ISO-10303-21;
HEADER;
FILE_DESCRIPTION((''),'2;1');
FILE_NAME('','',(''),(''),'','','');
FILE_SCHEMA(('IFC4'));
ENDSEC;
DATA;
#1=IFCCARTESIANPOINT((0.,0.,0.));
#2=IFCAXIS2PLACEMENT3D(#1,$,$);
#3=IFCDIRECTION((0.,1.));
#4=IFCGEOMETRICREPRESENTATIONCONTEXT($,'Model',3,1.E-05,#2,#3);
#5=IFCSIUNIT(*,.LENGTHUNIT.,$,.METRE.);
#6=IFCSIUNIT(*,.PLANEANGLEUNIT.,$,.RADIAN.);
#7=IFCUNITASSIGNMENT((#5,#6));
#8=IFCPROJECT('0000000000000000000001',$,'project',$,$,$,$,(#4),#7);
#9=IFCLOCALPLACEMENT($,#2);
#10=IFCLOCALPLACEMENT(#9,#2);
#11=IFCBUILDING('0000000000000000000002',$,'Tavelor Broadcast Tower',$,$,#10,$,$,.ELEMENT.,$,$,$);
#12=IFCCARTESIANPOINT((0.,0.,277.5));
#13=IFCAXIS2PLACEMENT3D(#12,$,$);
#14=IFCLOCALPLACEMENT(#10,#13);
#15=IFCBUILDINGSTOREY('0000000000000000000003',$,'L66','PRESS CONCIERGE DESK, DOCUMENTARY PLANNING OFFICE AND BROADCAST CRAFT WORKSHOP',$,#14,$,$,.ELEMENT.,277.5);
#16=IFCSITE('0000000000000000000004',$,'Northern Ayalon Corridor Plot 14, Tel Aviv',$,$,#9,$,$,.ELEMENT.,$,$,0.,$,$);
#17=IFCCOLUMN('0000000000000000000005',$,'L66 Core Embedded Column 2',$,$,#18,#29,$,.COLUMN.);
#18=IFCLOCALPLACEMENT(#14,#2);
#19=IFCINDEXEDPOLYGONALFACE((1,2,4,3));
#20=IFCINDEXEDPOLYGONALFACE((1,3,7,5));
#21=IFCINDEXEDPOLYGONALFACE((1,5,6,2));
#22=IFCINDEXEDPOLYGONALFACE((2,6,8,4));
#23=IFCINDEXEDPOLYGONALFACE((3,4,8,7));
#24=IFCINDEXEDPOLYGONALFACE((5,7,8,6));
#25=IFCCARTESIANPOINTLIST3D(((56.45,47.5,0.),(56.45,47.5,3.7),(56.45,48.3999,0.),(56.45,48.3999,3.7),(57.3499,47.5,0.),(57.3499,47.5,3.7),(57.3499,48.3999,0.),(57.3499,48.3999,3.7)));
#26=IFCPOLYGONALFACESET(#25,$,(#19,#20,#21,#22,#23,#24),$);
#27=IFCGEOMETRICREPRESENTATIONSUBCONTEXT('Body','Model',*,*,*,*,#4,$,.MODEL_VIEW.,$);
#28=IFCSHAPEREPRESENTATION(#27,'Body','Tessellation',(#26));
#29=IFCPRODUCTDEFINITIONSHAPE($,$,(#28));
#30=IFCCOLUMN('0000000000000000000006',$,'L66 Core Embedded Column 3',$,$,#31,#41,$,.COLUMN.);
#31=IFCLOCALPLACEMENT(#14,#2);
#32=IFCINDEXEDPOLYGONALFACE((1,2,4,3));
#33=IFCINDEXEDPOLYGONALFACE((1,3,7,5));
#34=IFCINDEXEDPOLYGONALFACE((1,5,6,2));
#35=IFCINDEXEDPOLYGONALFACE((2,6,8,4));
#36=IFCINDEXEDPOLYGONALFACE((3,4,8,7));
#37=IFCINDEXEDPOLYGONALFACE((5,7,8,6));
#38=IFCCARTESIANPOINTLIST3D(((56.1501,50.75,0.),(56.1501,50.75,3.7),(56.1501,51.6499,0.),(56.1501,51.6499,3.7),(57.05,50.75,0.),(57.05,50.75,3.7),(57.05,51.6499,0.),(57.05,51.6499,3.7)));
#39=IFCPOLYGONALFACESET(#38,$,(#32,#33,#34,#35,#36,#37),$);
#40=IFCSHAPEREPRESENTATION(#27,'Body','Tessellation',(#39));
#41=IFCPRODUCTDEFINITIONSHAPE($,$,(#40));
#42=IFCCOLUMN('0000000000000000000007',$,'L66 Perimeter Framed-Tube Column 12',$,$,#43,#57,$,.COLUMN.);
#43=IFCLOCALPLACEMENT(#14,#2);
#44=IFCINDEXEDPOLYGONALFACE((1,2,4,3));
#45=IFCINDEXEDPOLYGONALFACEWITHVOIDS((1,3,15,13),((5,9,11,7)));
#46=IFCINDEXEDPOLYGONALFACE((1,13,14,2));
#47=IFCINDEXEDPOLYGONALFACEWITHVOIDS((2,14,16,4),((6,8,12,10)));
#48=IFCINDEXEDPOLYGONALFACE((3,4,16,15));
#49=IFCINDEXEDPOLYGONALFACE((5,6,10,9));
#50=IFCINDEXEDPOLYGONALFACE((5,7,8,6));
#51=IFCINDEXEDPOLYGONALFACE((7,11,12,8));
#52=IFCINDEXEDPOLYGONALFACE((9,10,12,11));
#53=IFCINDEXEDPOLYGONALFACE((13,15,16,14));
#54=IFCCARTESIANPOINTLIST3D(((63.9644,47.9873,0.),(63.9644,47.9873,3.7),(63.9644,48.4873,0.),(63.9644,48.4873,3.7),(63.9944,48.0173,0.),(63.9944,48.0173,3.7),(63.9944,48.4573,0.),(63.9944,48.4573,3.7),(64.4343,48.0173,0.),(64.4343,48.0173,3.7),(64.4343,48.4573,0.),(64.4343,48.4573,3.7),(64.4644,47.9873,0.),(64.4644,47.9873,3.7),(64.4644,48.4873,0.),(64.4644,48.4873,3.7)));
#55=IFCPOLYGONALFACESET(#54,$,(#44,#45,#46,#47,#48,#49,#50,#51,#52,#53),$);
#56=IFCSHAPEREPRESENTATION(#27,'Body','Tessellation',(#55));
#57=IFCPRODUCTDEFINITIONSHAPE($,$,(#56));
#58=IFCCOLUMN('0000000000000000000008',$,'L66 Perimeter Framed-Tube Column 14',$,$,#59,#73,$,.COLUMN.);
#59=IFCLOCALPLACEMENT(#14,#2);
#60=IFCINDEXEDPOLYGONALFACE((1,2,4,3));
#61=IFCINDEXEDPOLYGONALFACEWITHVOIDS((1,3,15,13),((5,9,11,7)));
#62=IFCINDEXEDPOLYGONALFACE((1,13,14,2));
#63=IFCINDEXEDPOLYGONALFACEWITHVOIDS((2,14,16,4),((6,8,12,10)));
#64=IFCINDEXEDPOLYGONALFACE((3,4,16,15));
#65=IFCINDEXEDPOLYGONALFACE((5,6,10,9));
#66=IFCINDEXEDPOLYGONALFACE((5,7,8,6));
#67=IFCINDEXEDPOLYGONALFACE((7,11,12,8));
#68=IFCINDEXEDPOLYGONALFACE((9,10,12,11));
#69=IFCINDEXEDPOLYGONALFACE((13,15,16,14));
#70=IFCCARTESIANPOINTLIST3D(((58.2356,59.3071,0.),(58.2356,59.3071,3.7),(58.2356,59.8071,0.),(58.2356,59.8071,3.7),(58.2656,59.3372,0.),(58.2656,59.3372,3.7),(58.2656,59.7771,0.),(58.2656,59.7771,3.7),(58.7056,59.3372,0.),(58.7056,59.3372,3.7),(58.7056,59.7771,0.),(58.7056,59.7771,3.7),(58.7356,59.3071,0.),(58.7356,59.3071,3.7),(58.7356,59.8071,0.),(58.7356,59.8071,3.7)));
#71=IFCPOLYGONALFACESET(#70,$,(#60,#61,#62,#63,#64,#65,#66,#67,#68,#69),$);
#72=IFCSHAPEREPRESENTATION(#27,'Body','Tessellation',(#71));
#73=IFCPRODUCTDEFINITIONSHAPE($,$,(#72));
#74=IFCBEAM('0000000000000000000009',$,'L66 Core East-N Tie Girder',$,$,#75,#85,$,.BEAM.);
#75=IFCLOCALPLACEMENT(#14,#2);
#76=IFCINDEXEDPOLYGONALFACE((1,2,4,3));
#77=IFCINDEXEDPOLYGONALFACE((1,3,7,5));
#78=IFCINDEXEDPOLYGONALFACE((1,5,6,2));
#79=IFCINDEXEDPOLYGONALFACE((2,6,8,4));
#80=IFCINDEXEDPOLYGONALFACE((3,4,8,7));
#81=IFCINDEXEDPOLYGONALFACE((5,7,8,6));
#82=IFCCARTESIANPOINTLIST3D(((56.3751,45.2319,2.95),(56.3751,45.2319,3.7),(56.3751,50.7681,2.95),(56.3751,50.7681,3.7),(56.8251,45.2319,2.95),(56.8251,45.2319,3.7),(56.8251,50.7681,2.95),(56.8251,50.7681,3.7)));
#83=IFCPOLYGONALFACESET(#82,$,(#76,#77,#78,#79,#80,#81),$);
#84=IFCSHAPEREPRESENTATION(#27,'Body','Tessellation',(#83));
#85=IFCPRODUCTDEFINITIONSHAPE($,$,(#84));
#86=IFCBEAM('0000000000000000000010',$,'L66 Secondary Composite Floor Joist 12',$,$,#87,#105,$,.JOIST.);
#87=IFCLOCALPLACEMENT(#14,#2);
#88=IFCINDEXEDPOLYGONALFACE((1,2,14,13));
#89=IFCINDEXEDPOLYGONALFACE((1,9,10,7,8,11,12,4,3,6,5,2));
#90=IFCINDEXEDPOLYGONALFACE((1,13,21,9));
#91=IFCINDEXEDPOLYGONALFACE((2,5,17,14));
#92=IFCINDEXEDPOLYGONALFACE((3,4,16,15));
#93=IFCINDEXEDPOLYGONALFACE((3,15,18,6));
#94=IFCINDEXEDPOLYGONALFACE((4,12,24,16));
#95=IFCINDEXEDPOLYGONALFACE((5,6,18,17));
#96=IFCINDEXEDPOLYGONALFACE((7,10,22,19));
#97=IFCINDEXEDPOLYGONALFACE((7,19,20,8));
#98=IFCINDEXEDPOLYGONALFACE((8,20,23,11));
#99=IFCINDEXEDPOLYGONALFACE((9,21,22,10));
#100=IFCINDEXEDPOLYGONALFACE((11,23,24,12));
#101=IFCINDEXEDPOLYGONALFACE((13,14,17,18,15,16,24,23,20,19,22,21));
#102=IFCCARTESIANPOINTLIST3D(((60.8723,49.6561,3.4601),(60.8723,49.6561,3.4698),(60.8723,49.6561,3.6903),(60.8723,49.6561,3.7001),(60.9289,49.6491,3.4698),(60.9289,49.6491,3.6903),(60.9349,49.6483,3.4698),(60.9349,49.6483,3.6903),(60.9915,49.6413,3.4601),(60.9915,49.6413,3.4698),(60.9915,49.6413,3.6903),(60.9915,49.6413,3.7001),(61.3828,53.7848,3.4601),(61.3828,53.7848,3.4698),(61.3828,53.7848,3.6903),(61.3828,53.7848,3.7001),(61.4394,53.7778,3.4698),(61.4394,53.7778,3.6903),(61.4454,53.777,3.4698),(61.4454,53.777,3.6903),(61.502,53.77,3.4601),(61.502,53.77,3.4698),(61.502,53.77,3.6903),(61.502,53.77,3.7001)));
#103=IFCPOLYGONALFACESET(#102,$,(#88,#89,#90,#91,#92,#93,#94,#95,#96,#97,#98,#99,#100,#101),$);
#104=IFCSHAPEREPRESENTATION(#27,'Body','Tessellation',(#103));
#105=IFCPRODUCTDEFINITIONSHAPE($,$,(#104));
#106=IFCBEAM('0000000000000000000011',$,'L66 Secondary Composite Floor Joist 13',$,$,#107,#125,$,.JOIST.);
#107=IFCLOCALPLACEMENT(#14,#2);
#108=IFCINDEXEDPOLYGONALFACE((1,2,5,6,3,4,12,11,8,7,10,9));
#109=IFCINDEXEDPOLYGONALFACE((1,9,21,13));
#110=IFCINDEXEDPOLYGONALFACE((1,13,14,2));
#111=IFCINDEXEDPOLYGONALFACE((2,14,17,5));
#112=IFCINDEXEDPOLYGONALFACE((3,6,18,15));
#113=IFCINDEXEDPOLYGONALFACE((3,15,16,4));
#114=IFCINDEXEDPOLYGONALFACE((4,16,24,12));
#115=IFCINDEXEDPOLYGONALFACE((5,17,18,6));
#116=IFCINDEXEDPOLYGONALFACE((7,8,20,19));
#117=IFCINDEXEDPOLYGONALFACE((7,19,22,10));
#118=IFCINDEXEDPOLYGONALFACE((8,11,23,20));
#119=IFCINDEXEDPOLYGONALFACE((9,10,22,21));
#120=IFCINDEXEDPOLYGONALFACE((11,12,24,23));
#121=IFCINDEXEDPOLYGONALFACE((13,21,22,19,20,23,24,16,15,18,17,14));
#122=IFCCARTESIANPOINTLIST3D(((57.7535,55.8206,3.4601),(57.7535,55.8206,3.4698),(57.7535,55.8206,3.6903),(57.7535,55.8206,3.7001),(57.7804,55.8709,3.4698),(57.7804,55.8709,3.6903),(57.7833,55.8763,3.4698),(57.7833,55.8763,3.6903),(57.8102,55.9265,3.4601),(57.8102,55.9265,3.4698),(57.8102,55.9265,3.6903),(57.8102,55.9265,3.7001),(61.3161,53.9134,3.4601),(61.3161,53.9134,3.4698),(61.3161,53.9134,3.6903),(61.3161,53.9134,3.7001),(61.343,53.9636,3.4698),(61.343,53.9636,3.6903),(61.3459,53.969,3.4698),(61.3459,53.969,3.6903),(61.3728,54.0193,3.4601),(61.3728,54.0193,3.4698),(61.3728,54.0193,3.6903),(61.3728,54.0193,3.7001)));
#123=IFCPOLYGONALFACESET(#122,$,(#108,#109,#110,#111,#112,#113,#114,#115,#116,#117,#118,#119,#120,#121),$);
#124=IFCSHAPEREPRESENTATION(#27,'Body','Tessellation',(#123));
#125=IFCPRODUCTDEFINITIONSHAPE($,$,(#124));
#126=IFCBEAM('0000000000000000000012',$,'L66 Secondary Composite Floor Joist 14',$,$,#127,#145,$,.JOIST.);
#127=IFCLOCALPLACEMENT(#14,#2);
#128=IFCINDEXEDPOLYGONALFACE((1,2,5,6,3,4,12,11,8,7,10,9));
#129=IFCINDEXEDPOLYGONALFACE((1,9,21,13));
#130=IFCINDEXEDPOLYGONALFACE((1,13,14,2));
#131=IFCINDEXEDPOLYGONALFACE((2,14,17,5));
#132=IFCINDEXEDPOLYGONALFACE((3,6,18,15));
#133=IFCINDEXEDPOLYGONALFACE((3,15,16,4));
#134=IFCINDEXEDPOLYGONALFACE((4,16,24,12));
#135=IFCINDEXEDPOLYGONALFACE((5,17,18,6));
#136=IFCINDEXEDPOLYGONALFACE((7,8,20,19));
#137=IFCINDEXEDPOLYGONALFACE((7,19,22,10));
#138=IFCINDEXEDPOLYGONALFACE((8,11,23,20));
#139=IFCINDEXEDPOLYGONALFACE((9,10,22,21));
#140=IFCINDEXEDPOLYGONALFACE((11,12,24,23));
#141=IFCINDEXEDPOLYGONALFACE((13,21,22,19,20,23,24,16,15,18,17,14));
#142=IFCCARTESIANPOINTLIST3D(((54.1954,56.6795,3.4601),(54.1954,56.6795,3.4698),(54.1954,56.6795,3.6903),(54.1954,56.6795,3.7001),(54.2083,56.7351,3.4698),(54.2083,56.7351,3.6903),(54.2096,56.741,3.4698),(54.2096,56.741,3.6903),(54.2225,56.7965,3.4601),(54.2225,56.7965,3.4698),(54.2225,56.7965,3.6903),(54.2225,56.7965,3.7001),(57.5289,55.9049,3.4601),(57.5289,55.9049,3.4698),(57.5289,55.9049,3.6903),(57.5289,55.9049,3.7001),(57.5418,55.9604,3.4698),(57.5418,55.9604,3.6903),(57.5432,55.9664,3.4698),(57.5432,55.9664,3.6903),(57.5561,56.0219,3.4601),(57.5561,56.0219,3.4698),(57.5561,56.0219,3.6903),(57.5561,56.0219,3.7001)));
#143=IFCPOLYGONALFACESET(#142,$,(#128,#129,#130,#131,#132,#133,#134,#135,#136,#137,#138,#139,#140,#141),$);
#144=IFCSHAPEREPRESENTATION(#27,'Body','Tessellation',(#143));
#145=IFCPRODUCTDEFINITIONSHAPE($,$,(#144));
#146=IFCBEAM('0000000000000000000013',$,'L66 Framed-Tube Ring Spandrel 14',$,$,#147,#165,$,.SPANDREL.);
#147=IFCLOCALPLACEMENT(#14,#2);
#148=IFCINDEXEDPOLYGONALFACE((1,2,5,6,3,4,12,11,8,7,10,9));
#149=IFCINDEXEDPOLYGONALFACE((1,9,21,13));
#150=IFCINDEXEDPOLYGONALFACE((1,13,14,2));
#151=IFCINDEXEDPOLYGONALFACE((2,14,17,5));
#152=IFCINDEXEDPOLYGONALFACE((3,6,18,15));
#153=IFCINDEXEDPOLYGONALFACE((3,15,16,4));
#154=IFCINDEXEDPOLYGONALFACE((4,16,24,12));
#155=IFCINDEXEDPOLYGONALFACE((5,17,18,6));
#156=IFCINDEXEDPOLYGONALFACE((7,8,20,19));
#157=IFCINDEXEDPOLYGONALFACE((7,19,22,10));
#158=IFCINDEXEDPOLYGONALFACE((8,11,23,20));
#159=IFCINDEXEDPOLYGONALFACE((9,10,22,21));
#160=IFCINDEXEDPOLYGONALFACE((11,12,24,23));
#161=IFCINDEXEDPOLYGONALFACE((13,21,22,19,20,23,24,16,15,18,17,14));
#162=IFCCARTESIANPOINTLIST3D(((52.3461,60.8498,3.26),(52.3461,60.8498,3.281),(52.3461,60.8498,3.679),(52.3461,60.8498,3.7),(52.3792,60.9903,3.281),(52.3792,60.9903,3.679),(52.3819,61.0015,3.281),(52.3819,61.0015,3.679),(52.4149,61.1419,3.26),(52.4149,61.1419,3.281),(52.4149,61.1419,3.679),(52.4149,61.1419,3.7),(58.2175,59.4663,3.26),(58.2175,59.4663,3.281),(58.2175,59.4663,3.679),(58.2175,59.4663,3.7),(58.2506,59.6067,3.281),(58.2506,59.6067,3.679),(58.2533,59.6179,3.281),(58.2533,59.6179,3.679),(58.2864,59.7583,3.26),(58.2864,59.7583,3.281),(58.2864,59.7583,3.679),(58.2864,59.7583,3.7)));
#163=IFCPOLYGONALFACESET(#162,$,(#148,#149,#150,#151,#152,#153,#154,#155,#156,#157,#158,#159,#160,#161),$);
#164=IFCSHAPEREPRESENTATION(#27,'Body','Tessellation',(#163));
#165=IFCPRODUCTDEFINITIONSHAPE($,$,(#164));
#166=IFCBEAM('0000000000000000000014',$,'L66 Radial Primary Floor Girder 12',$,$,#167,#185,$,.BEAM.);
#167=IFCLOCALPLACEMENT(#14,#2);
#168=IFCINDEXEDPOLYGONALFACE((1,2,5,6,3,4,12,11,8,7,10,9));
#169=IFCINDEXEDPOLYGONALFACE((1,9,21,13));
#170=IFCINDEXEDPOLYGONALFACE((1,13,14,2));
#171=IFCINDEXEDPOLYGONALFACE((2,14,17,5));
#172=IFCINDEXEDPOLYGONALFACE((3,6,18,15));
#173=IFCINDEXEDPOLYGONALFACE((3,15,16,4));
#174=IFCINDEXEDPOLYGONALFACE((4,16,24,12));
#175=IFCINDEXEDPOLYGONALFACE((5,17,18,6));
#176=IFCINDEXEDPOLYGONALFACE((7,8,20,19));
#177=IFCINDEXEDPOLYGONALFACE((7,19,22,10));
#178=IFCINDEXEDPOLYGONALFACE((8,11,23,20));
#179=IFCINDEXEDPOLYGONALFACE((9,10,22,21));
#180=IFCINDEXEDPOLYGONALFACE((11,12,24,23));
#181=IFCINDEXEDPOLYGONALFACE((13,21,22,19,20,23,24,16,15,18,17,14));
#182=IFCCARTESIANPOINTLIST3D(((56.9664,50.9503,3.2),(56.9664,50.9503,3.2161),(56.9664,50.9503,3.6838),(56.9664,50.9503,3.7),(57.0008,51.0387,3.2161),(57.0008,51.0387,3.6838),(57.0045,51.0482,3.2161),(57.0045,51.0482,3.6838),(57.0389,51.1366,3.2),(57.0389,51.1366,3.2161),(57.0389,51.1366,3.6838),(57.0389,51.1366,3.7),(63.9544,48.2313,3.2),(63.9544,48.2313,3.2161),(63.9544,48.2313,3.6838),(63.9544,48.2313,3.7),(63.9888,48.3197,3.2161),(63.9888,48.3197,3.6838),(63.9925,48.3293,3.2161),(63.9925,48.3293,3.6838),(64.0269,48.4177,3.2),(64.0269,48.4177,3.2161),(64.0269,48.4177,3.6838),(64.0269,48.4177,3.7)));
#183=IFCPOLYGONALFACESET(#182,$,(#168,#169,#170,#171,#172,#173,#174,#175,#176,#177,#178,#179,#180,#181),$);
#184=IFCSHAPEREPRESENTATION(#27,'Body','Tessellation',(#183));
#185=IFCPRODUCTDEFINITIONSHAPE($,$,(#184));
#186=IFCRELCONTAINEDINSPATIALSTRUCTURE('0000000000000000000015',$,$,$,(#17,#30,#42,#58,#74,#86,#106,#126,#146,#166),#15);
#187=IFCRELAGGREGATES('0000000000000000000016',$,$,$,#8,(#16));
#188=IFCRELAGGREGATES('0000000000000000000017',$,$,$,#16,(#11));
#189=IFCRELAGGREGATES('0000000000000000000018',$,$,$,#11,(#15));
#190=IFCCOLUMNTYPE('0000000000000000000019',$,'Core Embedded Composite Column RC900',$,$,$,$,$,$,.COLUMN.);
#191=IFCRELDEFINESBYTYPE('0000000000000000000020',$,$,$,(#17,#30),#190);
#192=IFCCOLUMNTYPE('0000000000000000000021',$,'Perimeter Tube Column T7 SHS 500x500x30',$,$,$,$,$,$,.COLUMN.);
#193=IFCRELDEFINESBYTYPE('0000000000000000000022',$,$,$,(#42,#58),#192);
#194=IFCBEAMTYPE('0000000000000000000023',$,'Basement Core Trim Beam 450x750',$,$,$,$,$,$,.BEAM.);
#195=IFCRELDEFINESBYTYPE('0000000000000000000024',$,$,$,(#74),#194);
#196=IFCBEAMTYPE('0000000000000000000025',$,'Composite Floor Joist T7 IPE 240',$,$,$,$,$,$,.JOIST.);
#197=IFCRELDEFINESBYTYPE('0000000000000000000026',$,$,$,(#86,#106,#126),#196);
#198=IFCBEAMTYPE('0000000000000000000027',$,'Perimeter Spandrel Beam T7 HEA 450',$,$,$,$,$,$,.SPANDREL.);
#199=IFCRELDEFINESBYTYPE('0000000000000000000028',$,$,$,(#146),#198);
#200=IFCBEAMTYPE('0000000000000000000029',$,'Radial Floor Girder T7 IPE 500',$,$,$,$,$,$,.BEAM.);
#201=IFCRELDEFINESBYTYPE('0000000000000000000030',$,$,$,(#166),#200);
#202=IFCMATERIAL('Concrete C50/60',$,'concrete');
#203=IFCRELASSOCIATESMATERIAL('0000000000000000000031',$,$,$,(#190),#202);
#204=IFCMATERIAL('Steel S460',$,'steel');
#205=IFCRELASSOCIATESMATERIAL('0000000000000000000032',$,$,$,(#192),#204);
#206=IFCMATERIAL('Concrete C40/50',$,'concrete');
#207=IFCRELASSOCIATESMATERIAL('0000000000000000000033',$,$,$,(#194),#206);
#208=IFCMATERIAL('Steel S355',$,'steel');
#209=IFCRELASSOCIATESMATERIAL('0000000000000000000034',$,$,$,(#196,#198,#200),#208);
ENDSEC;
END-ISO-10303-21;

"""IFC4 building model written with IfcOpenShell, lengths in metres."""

from ifc_helpers import new_model, si_unit, direction, frame, origin, origin_2d, place, context, subcontext, project, spatial, rectangle, hollow_rectangle, i_section, extrude, material, material_profile, profile_set, type_object, element, save


model = new_model("IFC4")

# Units and contexts
model_context = context("Model", 3, precision=1e-05, world=origin(), true_north=direction((0.0, 1.0)))
body_context = subcontext(model_context, "Body", "Model", "MODEL_VIEW")
ifc_project = project(units=[si_unit("LENGTHUNIT", "METRE"), si_unit("PLANEANGLEUNIT", "RADIAN")], contexts=[model_context])

# Site, building, storey
site_placement = place(None, origin())
site = spatial("IfcSite", under=ifc_project, at=site_placement, Name="Northern Ayalon Corridor Plot 14, Tel Aviv", CompositionType="ELEMENT", RefElevation=0.0)
building_placement = place(site_placement, origin())
building = spatial("IfcBuilding", under=site, at=building_placement, Name="Tavelor Broadcast Tower", CompositionType="ELEMENT")
storey_placement = place(building_placement, frame((0.0, 0.0, 277.5)))
storey = spatial("IfcBuildingStorey", under=building, at=storey_placement, Name="L66", Description="PRESS CONCIERGE DESK, DOCUMENTARY PLANNING OFFICE AND BROADCAST CRAFT WORKSHOP", CompositionType="ELEMENT", Elevation=277.5)

# Columns
ifc_material_1 = material(Name="Concrete C50/60", Category="concrete")
ifc_material_profile_1 = material_profile(ifc_material_1, rectangle(XDim=0.8999, YDim=0.8999, at=origin_2d()), Name="RC 900x900")
ifc_profile_set_1 = profile_set([ifc_material_profile_1], Name="Concrete C50/60")
column_type_1 = type_object("IfcColumnType", Name="Core Embedded Composite Column RC900", PredefinedType="COLUMN", material=ifc_profile_set_1)
for number, where, z_axis, x_axis, name in (
    (1, (56.8999, 47.95, 0.0), (0.0, 0.0, 1.0), (1.0, 0.0, 0.0), "L66 Core Embedded Column 2"),
    (2, (56.6001, 51.2, 0.0), (0.0, 0.0, 1.0), (1.0, 0.0, 0.0), "L66 Core Embedded Column 3"),
):
    element("IfcColumn", number, at=place(storey_placement, frame(where, z_axis=z_axis, x_axis=x_axis)), inside=storey, type_object=column_type_1, Name=name, PredefinedType="COLUMN", context=body_context, shape_type="SweptSolid", body=[
        extrude(rectangle(XDim=0.8999, YDim=0.8999, at=origin_2d()), origin(), (0.0, 0.0, 1.0), 3.7),
    ])
ifc_material_2 = material(Name="Steel S460", Category="steel")
ifc_material_profile_2 = material_profile(ifc_material_2, hollow_rectangle(XDim=0.5, YDim=0.5, WallThickness=0.03, at=origin_2d()), Name="SHS 500x500x30")
ifc_profile_set_2 = profile_set([ifc_material_profile_2], Name="Steel S460")
column_type_2 = type_object("IfcColumnType", Name="Perimeter Tube Column T7 SHS 500x500x30", PredefinedType="COLUMN", material=ifc_profile_set_2)
for number, where, z_axis, x_axis, name in (
    (3, (64.2144, 48.2373, 0.0), (0.0, 0.0, 1.0), (1.0, 0.0, 0.0), "L66 Perimeter Framed-Tube Column 12"),
    (4, (58.4856, 59.5571, 0.0), (0.0, 0.0, 1.0), (1.0, 0.0, 0.0), "L66 Perimeter Framed-Tube Column 14"),
):
    element("IfcColumn", number, at=place(storey_placement, frame(where, z_axis=z_axis, x_axis=x_axis)), inside=storey, type_object=column_type_2, Name=name, PredefinedType="COLUMN", context=body_context, shape_type="SweptSolid", body=[
        extrude(hollow_rectangle(XDim=0.5, YDim=0.5, WallThickness=0.03, at=origin_2d()), origin(), (0.0, 0.0, 1.0), 3.7),
    ])

# Beams
ifc_material_3 = material(Name="Concrete C40/50", Category="concrete")
ifc_material_profile_3 = material_profile(ifc_material_3, rectangle(XDim=0.45, YDim=0.75, at=origin_2d()), Name="RC 450x750")
ifc_profile_set_3 = profile_set([ifc_material_profile_3], Name="Concrete C40/50")
beam_type_1 = type_object("IfcBeamType", Name="Basement Core Trim Beam 450x750", PredefinedType="BEAM", material=ifc_profile_set_3)
beam_1_placement = place(storey_placement, frame((56.6001, 45.2319, 3.325), z_axis=(0.0, 1.0, 0.0), x_axis=(-1.0, 0.0, 0.0)))
element("IfcBeam", 5, at=beam_1_placement, inside=storey, type_object=beam_type_1, Name="L66 Core East-N Tie Girder", PredefinedType="BEAM", context=body_context, shape_type="SweptSolid", body=[
    extrude(rectangle(XDim=0.45, YDim=0.75, at=origin_2d()), origin(), (0.0, 0.0, 1.0), 5.5361),
])
ifc_material_4 = material(Name="Steel S355", Category="steel")
ifc_material_profile_4 = material_profile(ifc_material_4, i_section(OverallWidth=0.1201, OverallDepth=0.24, WebThickness=0.0061, FlangeThickness=0.0098, at=origin_2d()), Name="IPE 240")
ifc_profile_set_4 = profile_set([ifc_material_profile_4], Name="Steel S355")
beam_type_2 = type_object("IfcBeamType", Name="Composite Floor Joist T7 IPE 240", PredefinedType="JOIST", material=ifc_profile_set_4)
beam_2_placement = place(storey_placement, frame((60.9319, 49.6487, 3.5801), z_axis=(0.122713, 0.992442, 0.0), x_axis=(-0.992442, 0.122713, 0.0)))
element("IfcBeam", 6, at=beam_2_placement, inside=storey, type_object=beam_type_2, Name="L66 Secondary Composite Floor Joist 12", PredefinedType="JOIST", context=body_context, shape_type="SweptSolid", body=[
    extrude(i_section(OverallWidth=0.1201, OverallDepth=0.24, WebThickness=0.0061, FlangeThickness=0.0098, at=origin_2d()), origin(), (0.0, 0.0, 1.0), 4.1602),
])
beam_3_placement = place(storey_placement, frame((61.3445, 53.9663, 3.5801), z_axis=(-0.881609, 0.47198, 0.0), x_axis=(-0.47198, -0.881609, 0.0)))
element("IfcBeam", 7, at=beam_3_placement, inside=storey, type_object=beam_type_2, Name="L66 Secondary Composite Floor Joist 13", PredefinedType="JOIST", context=body_context, shape_type="SweptSolid", body=[
    extrude(i_section(OverallWidth=0.1201, OverallDepth=0.24, WebThickness=0.0061, FlangeThickness=0.0098, at=origin_2d()), origin(), (0.0, 0.0, 1.0), 4.041),
])
beam_4_placement = place(storey_placement, frame((57.5425, 55.9634, 3.5801), z_axis=(-0.974045, 0.226355, 0.0), x_axis=(-0.226355, -0.974045, 0.0)))
element("IfcBeam", 8, at=beam_4_placement, inside=storey, type_object=beam_type_2, Name="L66 Secondary Composite Floor Joist 14", PredefinedType="JOIST", context=body_context, shape_type="SweptSolid", body=[
    extrude(i_section(OverallWidth=0.1201, OverallDepth=0.24, WebThickness=0.0061, FlangeThickness=0.0098, at=origin_2d()), origin(), (0.0, 0.0, 1.0), 3.4224),
])
ifc_material_profile_5 = material_profile(ifc_material_4, i_section(OverallWidth=0.3, OverallDepth=0.4399, WebThickness=0.0115, FlangeThickness=0.021, at=origin_2d()), Name="HEA 450")
ifc_profile_set_5 = profile_set([ifc_material_profile_5], Name="Steel S355")
beam_type_3 = type_object("IfcBeamType", Name="Perimeter Spandrel Beam T7 HEA 450", PredefinedType="SPANDREL", material=ifc_profile_set_5)
beam_5_placement = place(storey_placement, frame((58.252, 59.6123, 3.48), z_axis=(-0.973341, 0.229362, 0.0), x_axis=(-0.229362, -0.973341, 0.0)))
element("IfcBeam", 9, at=beam_5_placement, inside=storey, type_object=beam_type_3, Name="L66 Framed-Tube Ring Spandrel 14", PredefinedType="SPANDREL", context=body_context, shape_type="SweptSolid", body=[
    extrude(i_section(OverallWidth=0.3, OverallDepth=0.4399, WebThickness=0.0115, FlangeThickness=0.021, at=origin_2d()), origin(), (0.0, 0.0, 1.0), 6.0322),
])
ifc_material_profile_6 = material_profile(ifc_material_4, i_section(OverallWidth=0.2, OverallDepth=0.5, WebThickness=0.0103, FlangeThickness=0.0161, at=origin_2d()), Name="IPE 500")
ifc_profile_set_6 = profile_set([ifc_material_profile_6], Name="Steel S355")
beam_type_4 = type_object("IfcBeamType", Name="Radial Floor Girder T7 IPE 500", PredefinedType="BEAM", material=ifc_profile_set_6)
beam_6_placement = place(storey_placement, frame((57.0027, 51.0435, 3.45), z_axis=(0.93194, -0.362611, 0.0), x_axis=(0.362611, 0.93194, 0.0)))
element("IfcBeam", 10, at=beam_6_placement, inside=storey, type_object=beam_type_4, Name="L66 Radial Primary Floor Girder 12", PredefinedType="BEAM", context=body_context, shape_type="SweptSolid", body=[
    extrude(i_section(OverallWidth=0.2, OverallDepth=0.5, WebThickness=0.0103, FlangeThickness=0.0161, at=origin_2d()), origin(), (0.0, 0.0, 1.0), 7.4983),
])

save(model, "model.ifc")
